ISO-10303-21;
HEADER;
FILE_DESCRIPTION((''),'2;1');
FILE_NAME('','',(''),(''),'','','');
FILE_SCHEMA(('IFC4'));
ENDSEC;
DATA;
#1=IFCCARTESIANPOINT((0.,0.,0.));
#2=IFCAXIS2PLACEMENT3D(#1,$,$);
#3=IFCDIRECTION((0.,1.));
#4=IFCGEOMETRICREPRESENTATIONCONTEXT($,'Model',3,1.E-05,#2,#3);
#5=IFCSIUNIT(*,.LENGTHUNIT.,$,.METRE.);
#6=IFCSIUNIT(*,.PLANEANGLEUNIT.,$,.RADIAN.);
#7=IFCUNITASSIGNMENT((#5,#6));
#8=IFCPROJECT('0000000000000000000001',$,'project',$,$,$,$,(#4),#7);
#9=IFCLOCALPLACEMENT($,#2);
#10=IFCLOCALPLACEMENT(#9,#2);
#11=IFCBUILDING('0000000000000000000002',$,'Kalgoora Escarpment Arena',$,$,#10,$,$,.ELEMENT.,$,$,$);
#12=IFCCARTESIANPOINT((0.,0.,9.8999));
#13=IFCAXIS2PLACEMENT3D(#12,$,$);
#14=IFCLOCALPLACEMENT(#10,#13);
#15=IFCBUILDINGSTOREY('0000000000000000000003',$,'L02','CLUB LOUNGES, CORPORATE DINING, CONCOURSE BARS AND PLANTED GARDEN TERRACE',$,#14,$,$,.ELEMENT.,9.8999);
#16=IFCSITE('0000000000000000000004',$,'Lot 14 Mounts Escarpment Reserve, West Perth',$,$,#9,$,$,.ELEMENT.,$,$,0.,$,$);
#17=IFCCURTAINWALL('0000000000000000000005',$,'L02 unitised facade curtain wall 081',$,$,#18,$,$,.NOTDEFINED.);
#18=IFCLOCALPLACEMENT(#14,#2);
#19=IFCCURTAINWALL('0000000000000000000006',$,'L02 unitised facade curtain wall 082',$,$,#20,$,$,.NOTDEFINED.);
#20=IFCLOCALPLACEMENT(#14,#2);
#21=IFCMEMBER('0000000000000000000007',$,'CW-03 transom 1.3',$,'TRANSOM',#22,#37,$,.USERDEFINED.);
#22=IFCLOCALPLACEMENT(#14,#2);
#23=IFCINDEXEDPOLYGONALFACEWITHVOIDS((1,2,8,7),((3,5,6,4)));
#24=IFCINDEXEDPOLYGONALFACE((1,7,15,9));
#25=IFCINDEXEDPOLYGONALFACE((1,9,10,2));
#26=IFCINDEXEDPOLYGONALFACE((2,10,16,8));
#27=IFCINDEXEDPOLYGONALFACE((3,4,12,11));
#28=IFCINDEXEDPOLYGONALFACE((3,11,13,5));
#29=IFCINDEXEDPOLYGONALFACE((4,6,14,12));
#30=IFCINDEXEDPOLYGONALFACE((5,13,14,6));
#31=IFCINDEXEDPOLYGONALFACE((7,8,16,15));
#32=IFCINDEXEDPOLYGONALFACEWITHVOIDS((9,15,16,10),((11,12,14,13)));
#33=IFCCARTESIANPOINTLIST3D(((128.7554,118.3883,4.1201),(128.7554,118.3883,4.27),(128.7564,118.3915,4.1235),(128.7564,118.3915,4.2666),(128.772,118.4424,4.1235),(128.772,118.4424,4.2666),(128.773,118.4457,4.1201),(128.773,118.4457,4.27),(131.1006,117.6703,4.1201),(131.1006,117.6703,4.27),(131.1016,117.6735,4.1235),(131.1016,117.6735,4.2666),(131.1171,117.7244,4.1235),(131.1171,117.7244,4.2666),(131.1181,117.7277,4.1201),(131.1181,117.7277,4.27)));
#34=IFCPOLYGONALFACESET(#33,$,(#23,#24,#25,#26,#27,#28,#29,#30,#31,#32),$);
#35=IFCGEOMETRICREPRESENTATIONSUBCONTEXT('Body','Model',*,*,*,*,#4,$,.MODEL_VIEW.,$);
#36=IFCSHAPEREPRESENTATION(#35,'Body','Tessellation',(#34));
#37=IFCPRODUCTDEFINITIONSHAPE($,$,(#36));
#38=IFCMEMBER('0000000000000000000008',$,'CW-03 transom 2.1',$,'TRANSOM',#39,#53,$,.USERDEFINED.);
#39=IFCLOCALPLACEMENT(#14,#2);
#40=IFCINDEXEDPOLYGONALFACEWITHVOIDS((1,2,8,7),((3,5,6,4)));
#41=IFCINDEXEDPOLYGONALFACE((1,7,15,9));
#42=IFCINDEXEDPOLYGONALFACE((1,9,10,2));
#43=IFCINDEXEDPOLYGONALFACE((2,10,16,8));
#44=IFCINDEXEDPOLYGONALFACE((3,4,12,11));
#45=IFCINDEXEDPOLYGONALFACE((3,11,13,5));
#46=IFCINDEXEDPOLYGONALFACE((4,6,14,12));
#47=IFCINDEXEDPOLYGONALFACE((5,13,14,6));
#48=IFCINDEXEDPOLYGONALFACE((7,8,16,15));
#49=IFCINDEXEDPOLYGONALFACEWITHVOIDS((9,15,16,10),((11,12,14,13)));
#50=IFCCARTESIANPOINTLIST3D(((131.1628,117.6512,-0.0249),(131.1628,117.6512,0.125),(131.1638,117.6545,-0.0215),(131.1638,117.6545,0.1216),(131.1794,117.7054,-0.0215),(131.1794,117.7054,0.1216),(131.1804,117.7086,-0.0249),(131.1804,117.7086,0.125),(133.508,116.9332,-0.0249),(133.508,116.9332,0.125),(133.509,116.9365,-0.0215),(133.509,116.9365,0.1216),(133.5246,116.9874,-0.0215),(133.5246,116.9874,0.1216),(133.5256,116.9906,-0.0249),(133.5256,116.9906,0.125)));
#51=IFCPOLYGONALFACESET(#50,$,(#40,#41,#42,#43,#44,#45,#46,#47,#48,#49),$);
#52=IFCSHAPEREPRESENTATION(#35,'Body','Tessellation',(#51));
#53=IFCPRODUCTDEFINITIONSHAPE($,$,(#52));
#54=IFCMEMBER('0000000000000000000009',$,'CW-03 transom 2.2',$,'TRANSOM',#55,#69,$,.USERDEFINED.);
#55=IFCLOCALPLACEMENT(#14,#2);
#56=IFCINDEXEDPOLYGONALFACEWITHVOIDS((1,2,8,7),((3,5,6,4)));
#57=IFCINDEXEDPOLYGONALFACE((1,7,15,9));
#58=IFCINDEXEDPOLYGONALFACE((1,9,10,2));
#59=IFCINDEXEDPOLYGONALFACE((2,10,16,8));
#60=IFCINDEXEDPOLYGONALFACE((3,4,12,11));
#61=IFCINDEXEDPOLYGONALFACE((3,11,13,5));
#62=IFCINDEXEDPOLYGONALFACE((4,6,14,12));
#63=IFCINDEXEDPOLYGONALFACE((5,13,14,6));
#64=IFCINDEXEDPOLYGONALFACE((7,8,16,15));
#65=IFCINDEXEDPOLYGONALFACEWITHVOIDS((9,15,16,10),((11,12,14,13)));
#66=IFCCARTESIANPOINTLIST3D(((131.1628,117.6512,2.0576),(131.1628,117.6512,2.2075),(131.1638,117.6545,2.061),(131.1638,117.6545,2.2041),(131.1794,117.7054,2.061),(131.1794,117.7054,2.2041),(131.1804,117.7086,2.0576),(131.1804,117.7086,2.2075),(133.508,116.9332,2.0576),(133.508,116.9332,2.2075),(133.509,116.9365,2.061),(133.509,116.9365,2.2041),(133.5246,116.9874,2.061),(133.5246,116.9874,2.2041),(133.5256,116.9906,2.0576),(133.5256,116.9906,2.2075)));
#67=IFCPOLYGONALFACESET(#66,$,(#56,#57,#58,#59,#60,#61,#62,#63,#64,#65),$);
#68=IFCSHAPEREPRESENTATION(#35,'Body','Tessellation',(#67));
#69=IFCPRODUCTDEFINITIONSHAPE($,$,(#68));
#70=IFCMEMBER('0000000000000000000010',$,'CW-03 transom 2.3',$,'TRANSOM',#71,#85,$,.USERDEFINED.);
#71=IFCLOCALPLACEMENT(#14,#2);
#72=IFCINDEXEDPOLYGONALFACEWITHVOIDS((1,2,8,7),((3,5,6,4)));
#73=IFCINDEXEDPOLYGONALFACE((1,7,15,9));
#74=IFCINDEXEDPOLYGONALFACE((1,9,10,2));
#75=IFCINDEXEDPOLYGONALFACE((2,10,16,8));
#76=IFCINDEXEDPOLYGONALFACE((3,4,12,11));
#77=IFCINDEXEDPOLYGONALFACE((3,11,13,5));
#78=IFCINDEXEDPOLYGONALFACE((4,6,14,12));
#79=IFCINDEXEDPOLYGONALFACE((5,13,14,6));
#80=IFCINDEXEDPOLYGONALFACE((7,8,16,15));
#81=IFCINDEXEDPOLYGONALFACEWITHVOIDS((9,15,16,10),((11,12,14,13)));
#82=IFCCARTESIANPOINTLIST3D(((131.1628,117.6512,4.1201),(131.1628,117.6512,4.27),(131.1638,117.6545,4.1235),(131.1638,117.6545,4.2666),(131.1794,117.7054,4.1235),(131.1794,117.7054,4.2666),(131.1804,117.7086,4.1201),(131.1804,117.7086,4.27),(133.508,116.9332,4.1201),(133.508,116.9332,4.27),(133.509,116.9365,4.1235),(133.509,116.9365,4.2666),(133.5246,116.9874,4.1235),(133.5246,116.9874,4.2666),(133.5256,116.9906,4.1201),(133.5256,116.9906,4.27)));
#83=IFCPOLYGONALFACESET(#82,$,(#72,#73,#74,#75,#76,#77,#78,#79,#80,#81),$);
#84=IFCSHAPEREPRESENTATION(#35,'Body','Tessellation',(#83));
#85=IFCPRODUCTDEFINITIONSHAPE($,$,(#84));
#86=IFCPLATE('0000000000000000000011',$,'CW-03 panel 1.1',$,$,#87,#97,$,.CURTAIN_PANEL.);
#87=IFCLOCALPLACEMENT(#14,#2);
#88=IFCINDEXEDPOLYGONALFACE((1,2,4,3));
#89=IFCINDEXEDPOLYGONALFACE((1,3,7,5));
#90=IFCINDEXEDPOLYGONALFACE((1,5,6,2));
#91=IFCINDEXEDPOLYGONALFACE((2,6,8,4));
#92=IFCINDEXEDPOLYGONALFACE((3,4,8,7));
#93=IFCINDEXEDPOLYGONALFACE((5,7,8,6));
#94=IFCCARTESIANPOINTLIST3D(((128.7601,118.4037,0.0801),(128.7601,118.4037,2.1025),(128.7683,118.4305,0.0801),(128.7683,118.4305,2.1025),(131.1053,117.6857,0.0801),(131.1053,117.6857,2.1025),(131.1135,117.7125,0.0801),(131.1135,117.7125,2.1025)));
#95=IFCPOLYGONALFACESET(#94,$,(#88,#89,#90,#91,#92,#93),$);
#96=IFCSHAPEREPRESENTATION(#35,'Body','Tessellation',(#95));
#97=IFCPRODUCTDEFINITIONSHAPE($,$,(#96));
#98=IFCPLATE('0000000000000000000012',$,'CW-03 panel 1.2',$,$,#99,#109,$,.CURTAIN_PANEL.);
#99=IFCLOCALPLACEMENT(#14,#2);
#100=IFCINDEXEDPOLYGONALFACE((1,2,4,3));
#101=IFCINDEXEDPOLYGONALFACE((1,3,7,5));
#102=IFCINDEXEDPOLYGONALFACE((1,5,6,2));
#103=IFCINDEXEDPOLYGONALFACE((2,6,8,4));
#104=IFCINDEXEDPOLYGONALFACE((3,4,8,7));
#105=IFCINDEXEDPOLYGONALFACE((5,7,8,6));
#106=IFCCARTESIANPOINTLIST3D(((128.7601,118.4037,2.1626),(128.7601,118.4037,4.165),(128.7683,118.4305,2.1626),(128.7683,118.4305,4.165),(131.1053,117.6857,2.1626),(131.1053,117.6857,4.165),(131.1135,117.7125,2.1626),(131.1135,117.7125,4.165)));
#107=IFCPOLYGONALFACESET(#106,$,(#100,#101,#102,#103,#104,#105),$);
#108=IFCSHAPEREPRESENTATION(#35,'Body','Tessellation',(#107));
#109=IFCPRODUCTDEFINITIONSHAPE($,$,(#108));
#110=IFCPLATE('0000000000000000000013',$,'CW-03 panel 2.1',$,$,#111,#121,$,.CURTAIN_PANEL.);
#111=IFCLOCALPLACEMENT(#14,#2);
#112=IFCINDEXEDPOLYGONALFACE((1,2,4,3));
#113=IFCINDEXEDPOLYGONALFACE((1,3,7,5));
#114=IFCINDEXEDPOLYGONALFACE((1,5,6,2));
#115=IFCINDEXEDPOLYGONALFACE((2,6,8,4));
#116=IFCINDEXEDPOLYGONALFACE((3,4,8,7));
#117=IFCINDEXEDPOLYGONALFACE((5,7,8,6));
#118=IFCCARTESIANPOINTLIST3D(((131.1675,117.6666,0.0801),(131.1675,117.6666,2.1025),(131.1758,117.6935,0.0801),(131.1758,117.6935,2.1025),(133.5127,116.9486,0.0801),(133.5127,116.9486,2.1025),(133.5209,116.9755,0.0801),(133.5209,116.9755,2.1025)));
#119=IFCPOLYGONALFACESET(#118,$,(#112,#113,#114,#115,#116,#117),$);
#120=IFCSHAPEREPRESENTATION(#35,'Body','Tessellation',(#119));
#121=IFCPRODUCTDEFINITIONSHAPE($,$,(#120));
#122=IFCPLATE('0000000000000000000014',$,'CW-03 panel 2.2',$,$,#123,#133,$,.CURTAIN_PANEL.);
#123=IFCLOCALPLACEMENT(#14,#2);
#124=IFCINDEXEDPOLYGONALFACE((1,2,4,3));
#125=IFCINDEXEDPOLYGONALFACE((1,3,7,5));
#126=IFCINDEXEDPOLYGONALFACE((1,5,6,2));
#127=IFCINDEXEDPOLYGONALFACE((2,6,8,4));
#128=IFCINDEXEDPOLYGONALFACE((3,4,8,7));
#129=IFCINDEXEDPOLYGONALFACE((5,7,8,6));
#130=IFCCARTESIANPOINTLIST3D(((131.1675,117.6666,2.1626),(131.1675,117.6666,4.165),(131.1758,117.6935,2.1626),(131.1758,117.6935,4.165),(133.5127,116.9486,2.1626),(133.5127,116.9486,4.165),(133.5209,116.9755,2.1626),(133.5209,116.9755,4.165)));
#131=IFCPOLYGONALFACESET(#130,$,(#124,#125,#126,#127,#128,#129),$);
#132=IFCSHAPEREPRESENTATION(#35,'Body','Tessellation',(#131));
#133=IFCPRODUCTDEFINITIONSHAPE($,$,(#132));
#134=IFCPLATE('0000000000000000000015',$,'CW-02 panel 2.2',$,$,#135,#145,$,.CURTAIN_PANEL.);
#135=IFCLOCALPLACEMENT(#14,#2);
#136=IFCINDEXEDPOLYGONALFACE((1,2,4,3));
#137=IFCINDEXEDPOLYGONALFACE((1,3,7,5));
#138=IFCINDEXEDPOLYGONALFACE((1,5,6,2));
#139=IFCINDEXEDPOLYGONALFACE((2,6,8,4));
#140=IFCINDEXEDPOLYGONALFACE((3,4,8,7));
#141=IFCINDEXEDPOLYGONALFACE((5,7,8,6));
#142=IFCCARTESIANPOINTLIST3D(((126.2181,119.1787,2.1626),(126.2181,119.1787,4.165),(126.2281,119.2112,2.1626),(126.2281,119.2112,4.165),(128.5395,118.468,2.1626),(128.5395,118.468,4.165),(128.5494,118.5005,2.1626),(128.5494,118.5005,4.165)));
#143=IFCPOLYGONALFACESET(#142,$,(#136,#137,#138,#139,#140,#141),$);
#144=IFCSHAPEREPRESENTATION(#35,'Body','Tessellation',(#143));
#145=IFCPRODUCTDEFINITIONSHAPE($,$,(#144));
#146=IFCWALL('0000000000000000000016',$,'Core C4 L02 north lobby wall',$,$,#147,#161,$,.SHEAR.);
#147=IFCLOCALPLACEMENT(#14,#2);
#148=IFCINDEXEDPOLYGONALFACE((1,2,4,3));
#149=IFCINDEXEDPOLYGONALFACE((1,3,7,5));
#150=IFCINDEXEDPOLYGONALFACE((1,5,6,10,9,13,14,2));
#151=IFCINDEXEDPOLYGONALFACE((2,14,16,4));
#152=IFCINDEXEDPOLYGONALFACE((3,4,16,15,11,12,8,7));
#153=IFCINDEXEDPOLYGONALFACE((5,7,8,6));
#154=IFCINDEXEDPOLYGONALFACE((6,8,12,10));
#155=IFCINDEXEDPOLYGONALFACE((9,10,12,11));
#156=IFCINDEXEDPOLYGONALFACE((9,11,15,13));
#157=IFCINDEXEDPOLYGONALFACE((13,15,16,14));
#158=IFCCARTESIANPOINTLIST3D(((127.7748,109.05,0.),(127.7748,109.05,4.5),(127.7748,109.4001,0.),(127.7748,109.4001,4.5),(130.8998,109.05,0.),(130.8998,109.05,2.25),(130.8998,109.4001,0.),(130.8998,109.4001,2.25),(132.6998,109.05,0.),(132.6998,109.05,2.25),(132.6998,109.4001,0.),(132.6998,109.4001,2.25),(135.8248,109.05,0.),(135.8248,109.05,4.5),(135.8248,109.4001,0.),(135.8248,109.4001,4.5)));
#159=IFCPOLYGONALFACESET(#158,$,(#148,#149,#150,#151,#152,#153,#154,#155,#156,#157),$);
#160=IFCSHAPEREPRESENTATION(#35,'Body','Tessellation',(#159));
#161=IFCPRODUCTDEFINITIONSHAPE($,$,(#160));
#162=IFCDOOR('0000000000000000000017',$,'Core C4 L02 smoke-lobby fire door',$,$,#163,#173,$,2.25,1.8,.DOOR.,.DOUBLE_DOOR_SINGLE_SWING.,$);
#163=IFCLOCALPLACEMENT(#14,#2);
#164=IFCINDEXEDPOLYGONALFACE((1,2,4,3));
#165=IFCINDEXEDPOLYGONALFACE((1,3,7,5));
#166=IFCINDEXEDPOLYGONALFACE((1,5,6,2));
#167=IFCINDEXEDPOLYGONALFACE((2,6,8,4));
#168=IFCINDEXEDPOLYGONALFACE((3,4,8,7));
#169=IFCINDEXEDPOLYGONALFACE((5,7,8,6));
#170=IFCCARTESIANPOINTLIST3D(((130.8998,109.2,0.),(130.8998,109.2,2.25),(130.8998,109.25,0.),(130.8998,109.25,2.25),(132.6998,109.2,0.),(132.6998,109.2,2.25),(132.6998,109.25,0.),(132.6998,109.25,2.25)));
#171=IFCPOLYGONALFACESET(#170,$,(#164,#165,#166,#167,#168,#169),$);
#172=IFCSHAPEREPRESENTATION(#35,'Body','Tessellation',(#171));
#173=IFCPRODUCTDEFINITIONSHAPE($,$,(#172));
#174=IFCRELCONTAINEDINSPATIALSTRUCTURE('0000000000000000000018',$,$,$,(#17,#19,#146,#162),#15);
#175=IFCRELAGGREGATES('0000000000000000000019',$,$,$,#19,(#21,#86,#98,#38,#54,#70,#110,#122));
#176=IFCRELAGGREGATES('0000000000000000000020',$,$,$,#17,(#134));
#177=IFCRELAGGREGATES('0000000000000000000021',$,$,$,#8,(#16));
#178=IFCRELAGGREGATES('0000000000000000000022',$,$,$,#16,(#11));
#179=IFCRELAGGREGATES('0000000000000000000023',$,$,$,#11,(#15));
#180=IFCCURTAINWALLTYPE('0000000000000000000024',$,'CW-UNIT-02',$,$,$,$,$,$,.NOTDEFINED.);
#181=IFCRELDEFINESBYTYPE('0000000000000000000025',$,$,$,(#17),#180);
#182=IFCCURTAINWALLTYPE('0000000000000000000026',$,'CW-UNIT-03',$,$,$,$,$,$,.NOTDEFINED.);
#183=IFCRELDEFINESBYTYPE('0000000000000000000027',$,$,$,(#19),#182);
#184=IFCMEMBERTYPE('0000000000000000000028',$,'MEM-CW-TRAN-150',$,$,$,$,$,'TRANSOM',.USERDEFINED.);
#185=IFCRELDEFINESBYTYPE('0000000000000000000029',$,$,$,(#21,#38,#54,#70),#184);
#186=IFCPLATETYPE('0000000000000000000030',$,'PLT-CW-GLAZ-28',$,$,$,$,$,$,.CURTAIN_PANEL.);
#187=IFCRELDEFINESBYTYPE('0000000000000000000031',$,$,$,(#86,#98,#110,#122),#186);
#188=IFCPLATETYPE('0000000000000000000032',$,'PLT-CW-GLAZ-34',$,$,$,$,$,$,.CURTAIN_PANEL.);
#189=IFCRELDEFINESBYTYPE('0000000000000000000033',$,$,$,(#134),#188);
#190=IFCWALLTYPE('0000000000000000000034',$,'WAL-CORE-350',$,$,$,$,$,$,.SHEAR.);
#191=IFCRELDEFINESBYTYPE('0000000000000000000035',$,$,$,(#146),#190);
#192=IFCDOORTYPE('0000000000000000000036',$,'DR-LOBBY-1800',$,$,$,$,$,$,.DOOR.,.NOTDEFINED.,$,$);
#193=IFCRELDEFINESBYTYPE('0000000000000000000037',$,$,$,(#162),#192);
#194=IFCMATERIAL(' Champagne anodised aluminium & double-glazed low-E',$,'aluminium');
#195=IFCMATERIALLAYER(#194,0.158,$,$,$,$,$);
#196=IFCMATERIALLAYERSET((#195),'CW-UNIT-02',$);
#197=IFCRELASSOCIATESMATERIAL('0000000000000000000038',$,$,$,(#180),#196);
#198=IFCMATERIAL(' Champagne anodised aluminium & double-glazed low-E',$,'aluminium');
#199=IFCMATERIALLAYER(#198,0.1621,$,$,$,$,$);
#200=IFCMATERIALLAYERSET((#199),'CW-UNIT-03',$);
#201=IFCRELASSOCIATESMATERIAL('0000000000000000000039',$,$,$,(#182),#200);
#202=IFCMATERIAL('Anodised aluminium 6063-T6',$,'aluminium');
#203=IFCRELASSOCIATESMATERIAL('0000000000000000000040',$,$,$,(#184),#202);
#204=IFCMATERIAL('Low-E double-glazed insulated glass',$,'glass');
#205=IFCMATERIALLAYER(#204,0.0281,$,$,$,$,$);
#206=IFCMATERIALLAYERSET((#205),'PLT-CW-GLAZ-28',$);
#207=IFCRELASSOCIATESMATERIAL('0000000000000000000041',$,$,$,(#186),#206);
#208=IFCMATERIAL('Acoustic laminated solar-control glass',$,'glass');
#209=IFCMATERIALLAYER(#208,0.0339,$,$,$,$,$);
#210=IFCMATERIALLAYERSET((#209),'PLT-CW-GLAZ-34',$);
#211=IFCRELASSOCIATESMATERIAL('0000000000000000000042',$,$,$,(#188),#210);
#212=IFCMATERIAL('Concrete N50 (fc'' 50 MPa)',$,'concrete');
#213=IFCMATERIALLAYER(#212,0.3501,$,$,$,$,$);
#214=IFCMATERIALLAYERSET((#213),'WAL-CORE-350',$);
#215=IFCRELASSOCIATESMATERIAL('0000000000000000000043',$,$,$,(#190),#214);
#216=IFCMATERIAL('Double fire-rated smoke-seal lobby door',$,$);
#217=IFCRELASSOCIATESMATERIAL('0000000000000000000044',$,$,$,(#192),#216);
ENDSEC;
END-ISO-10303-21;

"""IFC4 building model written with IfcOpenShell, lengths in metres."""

from ifc_helpers import new_model, si_unit, direction, frame, frame_2d, origin, origin_2d, place, context, subcontext, project, spatial, rectangle, hollow_rectangle, extrude, material, layer, layer_set, material_profile, profile_set, type_object, element, fill, aggregate, save


model = new_model("IFC4")

# Units and contexts
model_context = context("Model", 3, precision=1e-05, world=origin(), true_north=direction((0.0, 1.0)))
body_context = subcontext(model_context, "Body", "Model", "MODEL_VIEW")
ifc_project = project(units=[si_unit("LENGTHUNIT", "METRE"), si_unit("PLANEANGLEUNIT", "RADIAN")], contexts=[model_context])

# Site, building, storey
site_placement = place(None, origin())
site = spatial("IfcSite", under=ifc_project, at=site_placement, Name="Lot 14 Mounts Escarpment Reserve, West Perth", CompositionType="ELEMENT", RefElevation=0.0)
building_placement = place(site_placement, origin())
building = spatial("IfcBuilding", under=site, at=building_placement, Name="Kalgoora Escarpment Arena", CompositionType="ELEMENT")
storey_placement = place(building_placement, frame((0.0, 0.0, 9.8999)))
storey = spatial("IfcBuildingStorey", under=building, at=storey_placement, Name="L02", Description="CLUB LOUNGES, CORPORATE DINING, CONCOURSE BARS AND PLANTED GARDEN TERRACE", CompositionType="ELEMENT", Elevation=9.8999)

# Curtain wall
ifc_material_1 = material(Name=" Champagne anodised aluminium & double-glazed low-E", Category="aluminium")
ifc_layer_1 = layer(ifc_material_1, 0.158)
ifc_layer_set_1 = layer_set([ifc_layer_1], Name="CW-UNIT-02")
curtain_wall_type_1 = type_object("IfcCurtainWallType", Name="CW-UNIT-02", PredefinedType="NOTDEFINED", material=ifc_layer_set_1)
curtain_wall_1_placement = place(storey_placement, origin())
curtain_wall_1 = element("IfcCurtainWall", 1, at=curtain_wall_1_placement, inside=storey, type_object=curtain_wall_type_1, Name="L02 unitised facade curtain wall 081", PredefinedType="NOTDEFINED")

# Curtain wall, members, plates
ifc_material_2 = material(Name=" Champagne anodised aluminium & double-glazed low-E", Category="aluminium")
ifc_layer_2 = layer(ifc_material_2, 0.1621)
ifc_layer_set_2 = layer_set([ifc_layer_2], Name="CW-UNIT-03")
curtain_wall_type_2 = type_object("IfcCurtainWallType", Name="CW-UNIT-03", PredefinedType="NOTDEFINED", material=ifc_layer_set_2)
curtain_wall_2_placement = place(storey_placement, origin())
curtain_wall_2 = element("IfcCurtainWall", 2, at=curtain_wall_2_placement, inside=storey, type_object=curtain_wall_type_2, Name="L02 unitised facade curtain wall 082", PredefinedType="NOTDEFINED")
ifc_material_3 = material(Name="Anodised aluminium 6063-T6", Category="aluminium")
ifc_material_profile_1 = material_profile(ifc_material_3, hollow_rectangle(XDim=0.0601, YDim=0.1499, WallThickness=0.0034, at=origin_2d()))
ifc_profile_set_1 = profile_set([ifc_material_profile_1], Name="Anodised aluminium 6063-T6")
member_type_1 = type_object("IfcMemberType", Name="MEM-CW-TRAN-150", ElementType="TRANSOM", PredefinedType="USERDEFINED", material=ifc_profile_set_1)
member_1_placement = place(storey_placement, frame((128.7642, 118.417, 4.1951), z_axis=(0.956189, -0.29275, 0.0), x_axis=(0.29275, 0.956189, 0.0)))
member_1 = element("IfcMember", 3, at=member_1_placement, type_object=member_type_1, Name="CW-03 transom 1.3", ObjectType="TRANSOM", PredefinedType="USERDEFINED", context=body_context, shape_type="SweptSolid", body=[
    extrude(hollow_rectangle(XDim=0.0601, YDim=0.1499, WallThickness=0.0034, at=origin_2d()), origin(), (0.0, 0.0, 1.0), 2.4526),
])
member_2_placement = place(storey_placement, frame((131.1716, 117.6799, 0.05), z_axis=(0.956189, -0.29275, 0.0), x_axis=(0.29275, 0.956189, 0.0)))
member_2 = element("IfcMember", 4, at=member_2_placement, type_object=member_type_1, Name="CW-03 transom 2.1", ObjectType="TRANSOM", PredefinedType="USERDEFINED", context=body_context, shape_type="SweptSolid", body=[
    extrude(hollow_rectangle(XDim=0.0601, YDim=0.1499, WallThickness=0.0034, at=origin_2d()), origin(), (0.0, 0.0, 1.0), 2.4526),
])
member_3_placement = place(storey_placement, frame((131.1716, 117.6799, 2.1326), z_axis=(0.956189, -0.29275, 0.0), x_axis=(0.29275, 0.956189, 0.0)))
member_3 = element("IfcMember", 5, at=member_3_placement, type_object=member_type_1, Name="CW-03 transom 2.2", ObjectType="TRANSOM", PredefinedType="USERDEFINED", context=body_context, shape_type="SweptSolid", body=[
    extrude(hollow_rectangle(XDim=0.0601, YDim=0.1499, WallThickness=0.0034, at=origin_2d()), origin(), (0.0, 0.0, 1.0), 2.4526),
])
member_4_placement = place(storey_placement, frame((131.1716, 117.6799, 4.1951), z_axis=(0.956189, -0.29275, 0.0), x_axis=(0.29275, 0.956189, 0.0)))
member_4 = element("IfcMember", 6, at=member_4_placement, type_object=member_type_1, Name="CW-03 transom 2.3", ObjectType="TRANSOM", PredefinedType="USERDEFINED", context=body_context, shape_type="SweptSolid", body=[
    extrude(hollow_rectangle(XDim=0.0601, YDim=0.1499, WallThickness=0.0034, at=origin_2d()), origin(), (0.0, 0.0, 1.0), 2.4526),
])
ifc_material_4 = material(Name="Low-E double-glazed insulated glass", Category="glass")
ifc_layer_3 = layer(ifc_material_4, 0.0281)
ifc_layer_set_3 = layer_set([ifc_layer_3], Name="PLT-CW-GLAZ-28")
plate_type_1 = type_object("IfcPlateType", Name="PLT-CW-GLAZ-28", PredefinedType="CURTAIN_PANEL", material=ifc_layer_set_3)
plate_1_placement = place(storey_placement, frame((129.9368, 118.0581, 0.0801), z_axis=(0.0, 0.0, 1.0), x_axis=(0.956191, -0.292745, 0.0)))
plate_1 = element("IfcPlate", 7, at=plate_1_placement, type_object=plate_type_1, Name="CW-03 panel 1.1", PredefinedType="CURTAIN_PANEL", context=body_context, shape_type="SweptSolid", body=[
    extrude(rectangle(XDim=2.4526, YDim=0.0281, at=origin_2d()), origin(), (0.0, 0.0, 1.0), 2.0225),
])
plate_2_placement = place(storey_placement, frame((129.9368, 118.0581, 2.1626), z_axis=(0.0, 0.0, 1.0), x_axis=(0.956191, -0.292745, 0.0)))
plate_2 = element("IfcPlate", 8, at=plate_2_placement, type_object=plate_type_1, Name="CW-03 panel 1.2", PredefinedType="CURTAIN_PANEL", context=body_context, shape_type="SweptSolid", body=[
    extrude(rectangle(XDim=2.4526, YDim=0.0281, at=origin_2d()), origin(), (0.0, 0.0, 1.0), 2.0024),
])
plate_3_placement = place(storey_placement, frame((132.3442, 117.321, 0.0801), z_axis=(0.0, 0.0, 1.0), x_axis=(0.956191, -0.292745, 0.0)))
plate_3 = element("IfcPlate", 9, at=plate_3_placement, type_object=plate_type_1, Name="CW-03 panel 2.1", PredefinedType="CURTAIN_PANEL", context=body_context, shape_type="SweptSolid", body=[
    extrude(rectangle(XDim=2.4526, YDim=0.0281, at=origin_2d()), origin(), (0.0, 0.0, 1.0), 2.0225),
])
plate_4_placement = place(storey_placement, frame((132.3442, 117.321, 2.1626), z_axis=(0.0, 0.0, 1.0), x_axis=(0.956191, -0.292745, 0.0)))
plate_4 = element("IfcPlate", 10, at=plate_4_placement, type_object=plate_type_1, Name="CW-03 panel 2.2", PredefinedType="CURTAIN_PANEL", context=body_context, shape_type="SweptSolid", body=[
    extrude(rectangle(XDim=2.4526, YDim=0.0281, at=origin_2d()), origin(), (0.0, 0.0, 1.0), 2.0024),
])
aggregate(curtain_wall_2, [member_1, plate_1, plate_2, member_2, member_3, member_4, plate_3, plate_4])

# Plate
ifc_material_5 = material(Name="Acoustic laminated solar-control glass", Category="glass")
ifc_layer_4 = layer(ifc_material_5, 0.0339)
ifc_layer_set_4 = layer_set([ifc_layer_4], Name="PLT-CW-GLAZ-34")
plate_type_2 = type_object("IfcPlateType", Name="PLT-CW-GLAZ-34", PredefinedType="CURTAIN_PANEL", material=ifc_layer_set_4)
plate_5_placement = place(storey_placement, frame((127.3838, 118.8396, 2.1626), z_axis=(0.0, 0.0, 1.0), x_axis=(0.956189, -0.292751, 0.0)))
plate_5 = element("IfcPlate", 11, at=plate_5_placement, type_object=plate_type_2, Name="CW-02 panel 2.2", PredefinedType="CURTAIN_PANEL", context=body_context, shape_type="SweptSolid", body=[
    extrude(rectangle(XDim=2.4277, YDim=0.0339, at=origin_2d()), origin(), (0.0, 0.0, 1.0), 2.0024),
])
aggregate(curtain_wall_1, [plate_5])

# Wall, opening, door
ifc_material_6 = material(Name="Concrete N50 (fc' 50 MPa)", Category="concrete")
ifc_layer_5 = layer(ifc_material_6, 0.3501)
ifc_layer_set_5 = layer_set([ifc_layer_5], Name="WAL-CORE-350")
wall_type_1 = type_object("IfcWallType", Name="WAL-CORE-350", PredefinedType="SHEAR", material=ifc_layer_set_5)
wall_1_placement = place(storey_placement, frame((127.7749, 109.2251, 0.0), z_axis=(0.0, 0.0, 1.0), x_axis=(1.0, 0.0, 0.0)))
wall_1 = element("IfcWall", 12, at=wall_1_placement, inside=storey, type_object=wall_type_1, Name="Core C4 L02 north lobby wall", PredefinedType="SHEAR", context=body_context, shape_type="SweptSolid", body=[
    extrude(rectangle(XDim=8.05, YDim=0.3501, at=frame_2d((4.0249, 0.0))), origin(), (0.0, 0.0, 1.0), 4.5),
])
opening_1_placement = place(wall_1_placement, frame((3.125, 0.0, 0.0)))
opening_1 = element("IfcOpeningElement", 13, at=opening_1_placement, cuts=wall_1, PredefinedType="OPENING", context=body_context, shape_type="SweptSolid", body=[
    extrude(rectangle(XDim=1.8, YDim=2.25, at=frame_2d((0.8999, 1.125))), frame((0.0, 0.1851, 0.0), z_axis=(0.0, -1.0, 0.0), x_axis=(1.0, 0.0, 0.0)), (0.0, 0.0, 1.0), 0.3701),
])
ifc_material_7 = material(Name="Double fire-rated smoke-seal lobby door")
door_type = type_object("IfcDoorType", Name="DR-LOBBY-1800", OperationType="NOTDEFINED", PredefinedType="DOOR", material=ifc_material_7)
door_placement = place(opening_1_placement, origin())
door = element("IfcDoor", 14, at=door_placement, inside=storey, type_object=door_type, Name="Core C4 L02 smoke-lobby fire door", OperationType="DOUBLE_DOOR_SINGLE_SWING", OverallHeight=2.25, OverallWidth=1.8, PredefinedType="DOOR", context=body_context, shape_type="SweptSolid", body=[
    extrude(rectangle(XDim=1.8, YDim=2.25, at=frame_2d((0.8999, 1.125))), frame((0.0, 0.0249, 0.0), z_axis=(0.0, -1.0, 0.0), x_axis=(1.0, 0.0, 0.0)), (0.0, 0.0, 1.0), 0.05),
])
fill(opening_1, door)

save(model, "model.ifc")
